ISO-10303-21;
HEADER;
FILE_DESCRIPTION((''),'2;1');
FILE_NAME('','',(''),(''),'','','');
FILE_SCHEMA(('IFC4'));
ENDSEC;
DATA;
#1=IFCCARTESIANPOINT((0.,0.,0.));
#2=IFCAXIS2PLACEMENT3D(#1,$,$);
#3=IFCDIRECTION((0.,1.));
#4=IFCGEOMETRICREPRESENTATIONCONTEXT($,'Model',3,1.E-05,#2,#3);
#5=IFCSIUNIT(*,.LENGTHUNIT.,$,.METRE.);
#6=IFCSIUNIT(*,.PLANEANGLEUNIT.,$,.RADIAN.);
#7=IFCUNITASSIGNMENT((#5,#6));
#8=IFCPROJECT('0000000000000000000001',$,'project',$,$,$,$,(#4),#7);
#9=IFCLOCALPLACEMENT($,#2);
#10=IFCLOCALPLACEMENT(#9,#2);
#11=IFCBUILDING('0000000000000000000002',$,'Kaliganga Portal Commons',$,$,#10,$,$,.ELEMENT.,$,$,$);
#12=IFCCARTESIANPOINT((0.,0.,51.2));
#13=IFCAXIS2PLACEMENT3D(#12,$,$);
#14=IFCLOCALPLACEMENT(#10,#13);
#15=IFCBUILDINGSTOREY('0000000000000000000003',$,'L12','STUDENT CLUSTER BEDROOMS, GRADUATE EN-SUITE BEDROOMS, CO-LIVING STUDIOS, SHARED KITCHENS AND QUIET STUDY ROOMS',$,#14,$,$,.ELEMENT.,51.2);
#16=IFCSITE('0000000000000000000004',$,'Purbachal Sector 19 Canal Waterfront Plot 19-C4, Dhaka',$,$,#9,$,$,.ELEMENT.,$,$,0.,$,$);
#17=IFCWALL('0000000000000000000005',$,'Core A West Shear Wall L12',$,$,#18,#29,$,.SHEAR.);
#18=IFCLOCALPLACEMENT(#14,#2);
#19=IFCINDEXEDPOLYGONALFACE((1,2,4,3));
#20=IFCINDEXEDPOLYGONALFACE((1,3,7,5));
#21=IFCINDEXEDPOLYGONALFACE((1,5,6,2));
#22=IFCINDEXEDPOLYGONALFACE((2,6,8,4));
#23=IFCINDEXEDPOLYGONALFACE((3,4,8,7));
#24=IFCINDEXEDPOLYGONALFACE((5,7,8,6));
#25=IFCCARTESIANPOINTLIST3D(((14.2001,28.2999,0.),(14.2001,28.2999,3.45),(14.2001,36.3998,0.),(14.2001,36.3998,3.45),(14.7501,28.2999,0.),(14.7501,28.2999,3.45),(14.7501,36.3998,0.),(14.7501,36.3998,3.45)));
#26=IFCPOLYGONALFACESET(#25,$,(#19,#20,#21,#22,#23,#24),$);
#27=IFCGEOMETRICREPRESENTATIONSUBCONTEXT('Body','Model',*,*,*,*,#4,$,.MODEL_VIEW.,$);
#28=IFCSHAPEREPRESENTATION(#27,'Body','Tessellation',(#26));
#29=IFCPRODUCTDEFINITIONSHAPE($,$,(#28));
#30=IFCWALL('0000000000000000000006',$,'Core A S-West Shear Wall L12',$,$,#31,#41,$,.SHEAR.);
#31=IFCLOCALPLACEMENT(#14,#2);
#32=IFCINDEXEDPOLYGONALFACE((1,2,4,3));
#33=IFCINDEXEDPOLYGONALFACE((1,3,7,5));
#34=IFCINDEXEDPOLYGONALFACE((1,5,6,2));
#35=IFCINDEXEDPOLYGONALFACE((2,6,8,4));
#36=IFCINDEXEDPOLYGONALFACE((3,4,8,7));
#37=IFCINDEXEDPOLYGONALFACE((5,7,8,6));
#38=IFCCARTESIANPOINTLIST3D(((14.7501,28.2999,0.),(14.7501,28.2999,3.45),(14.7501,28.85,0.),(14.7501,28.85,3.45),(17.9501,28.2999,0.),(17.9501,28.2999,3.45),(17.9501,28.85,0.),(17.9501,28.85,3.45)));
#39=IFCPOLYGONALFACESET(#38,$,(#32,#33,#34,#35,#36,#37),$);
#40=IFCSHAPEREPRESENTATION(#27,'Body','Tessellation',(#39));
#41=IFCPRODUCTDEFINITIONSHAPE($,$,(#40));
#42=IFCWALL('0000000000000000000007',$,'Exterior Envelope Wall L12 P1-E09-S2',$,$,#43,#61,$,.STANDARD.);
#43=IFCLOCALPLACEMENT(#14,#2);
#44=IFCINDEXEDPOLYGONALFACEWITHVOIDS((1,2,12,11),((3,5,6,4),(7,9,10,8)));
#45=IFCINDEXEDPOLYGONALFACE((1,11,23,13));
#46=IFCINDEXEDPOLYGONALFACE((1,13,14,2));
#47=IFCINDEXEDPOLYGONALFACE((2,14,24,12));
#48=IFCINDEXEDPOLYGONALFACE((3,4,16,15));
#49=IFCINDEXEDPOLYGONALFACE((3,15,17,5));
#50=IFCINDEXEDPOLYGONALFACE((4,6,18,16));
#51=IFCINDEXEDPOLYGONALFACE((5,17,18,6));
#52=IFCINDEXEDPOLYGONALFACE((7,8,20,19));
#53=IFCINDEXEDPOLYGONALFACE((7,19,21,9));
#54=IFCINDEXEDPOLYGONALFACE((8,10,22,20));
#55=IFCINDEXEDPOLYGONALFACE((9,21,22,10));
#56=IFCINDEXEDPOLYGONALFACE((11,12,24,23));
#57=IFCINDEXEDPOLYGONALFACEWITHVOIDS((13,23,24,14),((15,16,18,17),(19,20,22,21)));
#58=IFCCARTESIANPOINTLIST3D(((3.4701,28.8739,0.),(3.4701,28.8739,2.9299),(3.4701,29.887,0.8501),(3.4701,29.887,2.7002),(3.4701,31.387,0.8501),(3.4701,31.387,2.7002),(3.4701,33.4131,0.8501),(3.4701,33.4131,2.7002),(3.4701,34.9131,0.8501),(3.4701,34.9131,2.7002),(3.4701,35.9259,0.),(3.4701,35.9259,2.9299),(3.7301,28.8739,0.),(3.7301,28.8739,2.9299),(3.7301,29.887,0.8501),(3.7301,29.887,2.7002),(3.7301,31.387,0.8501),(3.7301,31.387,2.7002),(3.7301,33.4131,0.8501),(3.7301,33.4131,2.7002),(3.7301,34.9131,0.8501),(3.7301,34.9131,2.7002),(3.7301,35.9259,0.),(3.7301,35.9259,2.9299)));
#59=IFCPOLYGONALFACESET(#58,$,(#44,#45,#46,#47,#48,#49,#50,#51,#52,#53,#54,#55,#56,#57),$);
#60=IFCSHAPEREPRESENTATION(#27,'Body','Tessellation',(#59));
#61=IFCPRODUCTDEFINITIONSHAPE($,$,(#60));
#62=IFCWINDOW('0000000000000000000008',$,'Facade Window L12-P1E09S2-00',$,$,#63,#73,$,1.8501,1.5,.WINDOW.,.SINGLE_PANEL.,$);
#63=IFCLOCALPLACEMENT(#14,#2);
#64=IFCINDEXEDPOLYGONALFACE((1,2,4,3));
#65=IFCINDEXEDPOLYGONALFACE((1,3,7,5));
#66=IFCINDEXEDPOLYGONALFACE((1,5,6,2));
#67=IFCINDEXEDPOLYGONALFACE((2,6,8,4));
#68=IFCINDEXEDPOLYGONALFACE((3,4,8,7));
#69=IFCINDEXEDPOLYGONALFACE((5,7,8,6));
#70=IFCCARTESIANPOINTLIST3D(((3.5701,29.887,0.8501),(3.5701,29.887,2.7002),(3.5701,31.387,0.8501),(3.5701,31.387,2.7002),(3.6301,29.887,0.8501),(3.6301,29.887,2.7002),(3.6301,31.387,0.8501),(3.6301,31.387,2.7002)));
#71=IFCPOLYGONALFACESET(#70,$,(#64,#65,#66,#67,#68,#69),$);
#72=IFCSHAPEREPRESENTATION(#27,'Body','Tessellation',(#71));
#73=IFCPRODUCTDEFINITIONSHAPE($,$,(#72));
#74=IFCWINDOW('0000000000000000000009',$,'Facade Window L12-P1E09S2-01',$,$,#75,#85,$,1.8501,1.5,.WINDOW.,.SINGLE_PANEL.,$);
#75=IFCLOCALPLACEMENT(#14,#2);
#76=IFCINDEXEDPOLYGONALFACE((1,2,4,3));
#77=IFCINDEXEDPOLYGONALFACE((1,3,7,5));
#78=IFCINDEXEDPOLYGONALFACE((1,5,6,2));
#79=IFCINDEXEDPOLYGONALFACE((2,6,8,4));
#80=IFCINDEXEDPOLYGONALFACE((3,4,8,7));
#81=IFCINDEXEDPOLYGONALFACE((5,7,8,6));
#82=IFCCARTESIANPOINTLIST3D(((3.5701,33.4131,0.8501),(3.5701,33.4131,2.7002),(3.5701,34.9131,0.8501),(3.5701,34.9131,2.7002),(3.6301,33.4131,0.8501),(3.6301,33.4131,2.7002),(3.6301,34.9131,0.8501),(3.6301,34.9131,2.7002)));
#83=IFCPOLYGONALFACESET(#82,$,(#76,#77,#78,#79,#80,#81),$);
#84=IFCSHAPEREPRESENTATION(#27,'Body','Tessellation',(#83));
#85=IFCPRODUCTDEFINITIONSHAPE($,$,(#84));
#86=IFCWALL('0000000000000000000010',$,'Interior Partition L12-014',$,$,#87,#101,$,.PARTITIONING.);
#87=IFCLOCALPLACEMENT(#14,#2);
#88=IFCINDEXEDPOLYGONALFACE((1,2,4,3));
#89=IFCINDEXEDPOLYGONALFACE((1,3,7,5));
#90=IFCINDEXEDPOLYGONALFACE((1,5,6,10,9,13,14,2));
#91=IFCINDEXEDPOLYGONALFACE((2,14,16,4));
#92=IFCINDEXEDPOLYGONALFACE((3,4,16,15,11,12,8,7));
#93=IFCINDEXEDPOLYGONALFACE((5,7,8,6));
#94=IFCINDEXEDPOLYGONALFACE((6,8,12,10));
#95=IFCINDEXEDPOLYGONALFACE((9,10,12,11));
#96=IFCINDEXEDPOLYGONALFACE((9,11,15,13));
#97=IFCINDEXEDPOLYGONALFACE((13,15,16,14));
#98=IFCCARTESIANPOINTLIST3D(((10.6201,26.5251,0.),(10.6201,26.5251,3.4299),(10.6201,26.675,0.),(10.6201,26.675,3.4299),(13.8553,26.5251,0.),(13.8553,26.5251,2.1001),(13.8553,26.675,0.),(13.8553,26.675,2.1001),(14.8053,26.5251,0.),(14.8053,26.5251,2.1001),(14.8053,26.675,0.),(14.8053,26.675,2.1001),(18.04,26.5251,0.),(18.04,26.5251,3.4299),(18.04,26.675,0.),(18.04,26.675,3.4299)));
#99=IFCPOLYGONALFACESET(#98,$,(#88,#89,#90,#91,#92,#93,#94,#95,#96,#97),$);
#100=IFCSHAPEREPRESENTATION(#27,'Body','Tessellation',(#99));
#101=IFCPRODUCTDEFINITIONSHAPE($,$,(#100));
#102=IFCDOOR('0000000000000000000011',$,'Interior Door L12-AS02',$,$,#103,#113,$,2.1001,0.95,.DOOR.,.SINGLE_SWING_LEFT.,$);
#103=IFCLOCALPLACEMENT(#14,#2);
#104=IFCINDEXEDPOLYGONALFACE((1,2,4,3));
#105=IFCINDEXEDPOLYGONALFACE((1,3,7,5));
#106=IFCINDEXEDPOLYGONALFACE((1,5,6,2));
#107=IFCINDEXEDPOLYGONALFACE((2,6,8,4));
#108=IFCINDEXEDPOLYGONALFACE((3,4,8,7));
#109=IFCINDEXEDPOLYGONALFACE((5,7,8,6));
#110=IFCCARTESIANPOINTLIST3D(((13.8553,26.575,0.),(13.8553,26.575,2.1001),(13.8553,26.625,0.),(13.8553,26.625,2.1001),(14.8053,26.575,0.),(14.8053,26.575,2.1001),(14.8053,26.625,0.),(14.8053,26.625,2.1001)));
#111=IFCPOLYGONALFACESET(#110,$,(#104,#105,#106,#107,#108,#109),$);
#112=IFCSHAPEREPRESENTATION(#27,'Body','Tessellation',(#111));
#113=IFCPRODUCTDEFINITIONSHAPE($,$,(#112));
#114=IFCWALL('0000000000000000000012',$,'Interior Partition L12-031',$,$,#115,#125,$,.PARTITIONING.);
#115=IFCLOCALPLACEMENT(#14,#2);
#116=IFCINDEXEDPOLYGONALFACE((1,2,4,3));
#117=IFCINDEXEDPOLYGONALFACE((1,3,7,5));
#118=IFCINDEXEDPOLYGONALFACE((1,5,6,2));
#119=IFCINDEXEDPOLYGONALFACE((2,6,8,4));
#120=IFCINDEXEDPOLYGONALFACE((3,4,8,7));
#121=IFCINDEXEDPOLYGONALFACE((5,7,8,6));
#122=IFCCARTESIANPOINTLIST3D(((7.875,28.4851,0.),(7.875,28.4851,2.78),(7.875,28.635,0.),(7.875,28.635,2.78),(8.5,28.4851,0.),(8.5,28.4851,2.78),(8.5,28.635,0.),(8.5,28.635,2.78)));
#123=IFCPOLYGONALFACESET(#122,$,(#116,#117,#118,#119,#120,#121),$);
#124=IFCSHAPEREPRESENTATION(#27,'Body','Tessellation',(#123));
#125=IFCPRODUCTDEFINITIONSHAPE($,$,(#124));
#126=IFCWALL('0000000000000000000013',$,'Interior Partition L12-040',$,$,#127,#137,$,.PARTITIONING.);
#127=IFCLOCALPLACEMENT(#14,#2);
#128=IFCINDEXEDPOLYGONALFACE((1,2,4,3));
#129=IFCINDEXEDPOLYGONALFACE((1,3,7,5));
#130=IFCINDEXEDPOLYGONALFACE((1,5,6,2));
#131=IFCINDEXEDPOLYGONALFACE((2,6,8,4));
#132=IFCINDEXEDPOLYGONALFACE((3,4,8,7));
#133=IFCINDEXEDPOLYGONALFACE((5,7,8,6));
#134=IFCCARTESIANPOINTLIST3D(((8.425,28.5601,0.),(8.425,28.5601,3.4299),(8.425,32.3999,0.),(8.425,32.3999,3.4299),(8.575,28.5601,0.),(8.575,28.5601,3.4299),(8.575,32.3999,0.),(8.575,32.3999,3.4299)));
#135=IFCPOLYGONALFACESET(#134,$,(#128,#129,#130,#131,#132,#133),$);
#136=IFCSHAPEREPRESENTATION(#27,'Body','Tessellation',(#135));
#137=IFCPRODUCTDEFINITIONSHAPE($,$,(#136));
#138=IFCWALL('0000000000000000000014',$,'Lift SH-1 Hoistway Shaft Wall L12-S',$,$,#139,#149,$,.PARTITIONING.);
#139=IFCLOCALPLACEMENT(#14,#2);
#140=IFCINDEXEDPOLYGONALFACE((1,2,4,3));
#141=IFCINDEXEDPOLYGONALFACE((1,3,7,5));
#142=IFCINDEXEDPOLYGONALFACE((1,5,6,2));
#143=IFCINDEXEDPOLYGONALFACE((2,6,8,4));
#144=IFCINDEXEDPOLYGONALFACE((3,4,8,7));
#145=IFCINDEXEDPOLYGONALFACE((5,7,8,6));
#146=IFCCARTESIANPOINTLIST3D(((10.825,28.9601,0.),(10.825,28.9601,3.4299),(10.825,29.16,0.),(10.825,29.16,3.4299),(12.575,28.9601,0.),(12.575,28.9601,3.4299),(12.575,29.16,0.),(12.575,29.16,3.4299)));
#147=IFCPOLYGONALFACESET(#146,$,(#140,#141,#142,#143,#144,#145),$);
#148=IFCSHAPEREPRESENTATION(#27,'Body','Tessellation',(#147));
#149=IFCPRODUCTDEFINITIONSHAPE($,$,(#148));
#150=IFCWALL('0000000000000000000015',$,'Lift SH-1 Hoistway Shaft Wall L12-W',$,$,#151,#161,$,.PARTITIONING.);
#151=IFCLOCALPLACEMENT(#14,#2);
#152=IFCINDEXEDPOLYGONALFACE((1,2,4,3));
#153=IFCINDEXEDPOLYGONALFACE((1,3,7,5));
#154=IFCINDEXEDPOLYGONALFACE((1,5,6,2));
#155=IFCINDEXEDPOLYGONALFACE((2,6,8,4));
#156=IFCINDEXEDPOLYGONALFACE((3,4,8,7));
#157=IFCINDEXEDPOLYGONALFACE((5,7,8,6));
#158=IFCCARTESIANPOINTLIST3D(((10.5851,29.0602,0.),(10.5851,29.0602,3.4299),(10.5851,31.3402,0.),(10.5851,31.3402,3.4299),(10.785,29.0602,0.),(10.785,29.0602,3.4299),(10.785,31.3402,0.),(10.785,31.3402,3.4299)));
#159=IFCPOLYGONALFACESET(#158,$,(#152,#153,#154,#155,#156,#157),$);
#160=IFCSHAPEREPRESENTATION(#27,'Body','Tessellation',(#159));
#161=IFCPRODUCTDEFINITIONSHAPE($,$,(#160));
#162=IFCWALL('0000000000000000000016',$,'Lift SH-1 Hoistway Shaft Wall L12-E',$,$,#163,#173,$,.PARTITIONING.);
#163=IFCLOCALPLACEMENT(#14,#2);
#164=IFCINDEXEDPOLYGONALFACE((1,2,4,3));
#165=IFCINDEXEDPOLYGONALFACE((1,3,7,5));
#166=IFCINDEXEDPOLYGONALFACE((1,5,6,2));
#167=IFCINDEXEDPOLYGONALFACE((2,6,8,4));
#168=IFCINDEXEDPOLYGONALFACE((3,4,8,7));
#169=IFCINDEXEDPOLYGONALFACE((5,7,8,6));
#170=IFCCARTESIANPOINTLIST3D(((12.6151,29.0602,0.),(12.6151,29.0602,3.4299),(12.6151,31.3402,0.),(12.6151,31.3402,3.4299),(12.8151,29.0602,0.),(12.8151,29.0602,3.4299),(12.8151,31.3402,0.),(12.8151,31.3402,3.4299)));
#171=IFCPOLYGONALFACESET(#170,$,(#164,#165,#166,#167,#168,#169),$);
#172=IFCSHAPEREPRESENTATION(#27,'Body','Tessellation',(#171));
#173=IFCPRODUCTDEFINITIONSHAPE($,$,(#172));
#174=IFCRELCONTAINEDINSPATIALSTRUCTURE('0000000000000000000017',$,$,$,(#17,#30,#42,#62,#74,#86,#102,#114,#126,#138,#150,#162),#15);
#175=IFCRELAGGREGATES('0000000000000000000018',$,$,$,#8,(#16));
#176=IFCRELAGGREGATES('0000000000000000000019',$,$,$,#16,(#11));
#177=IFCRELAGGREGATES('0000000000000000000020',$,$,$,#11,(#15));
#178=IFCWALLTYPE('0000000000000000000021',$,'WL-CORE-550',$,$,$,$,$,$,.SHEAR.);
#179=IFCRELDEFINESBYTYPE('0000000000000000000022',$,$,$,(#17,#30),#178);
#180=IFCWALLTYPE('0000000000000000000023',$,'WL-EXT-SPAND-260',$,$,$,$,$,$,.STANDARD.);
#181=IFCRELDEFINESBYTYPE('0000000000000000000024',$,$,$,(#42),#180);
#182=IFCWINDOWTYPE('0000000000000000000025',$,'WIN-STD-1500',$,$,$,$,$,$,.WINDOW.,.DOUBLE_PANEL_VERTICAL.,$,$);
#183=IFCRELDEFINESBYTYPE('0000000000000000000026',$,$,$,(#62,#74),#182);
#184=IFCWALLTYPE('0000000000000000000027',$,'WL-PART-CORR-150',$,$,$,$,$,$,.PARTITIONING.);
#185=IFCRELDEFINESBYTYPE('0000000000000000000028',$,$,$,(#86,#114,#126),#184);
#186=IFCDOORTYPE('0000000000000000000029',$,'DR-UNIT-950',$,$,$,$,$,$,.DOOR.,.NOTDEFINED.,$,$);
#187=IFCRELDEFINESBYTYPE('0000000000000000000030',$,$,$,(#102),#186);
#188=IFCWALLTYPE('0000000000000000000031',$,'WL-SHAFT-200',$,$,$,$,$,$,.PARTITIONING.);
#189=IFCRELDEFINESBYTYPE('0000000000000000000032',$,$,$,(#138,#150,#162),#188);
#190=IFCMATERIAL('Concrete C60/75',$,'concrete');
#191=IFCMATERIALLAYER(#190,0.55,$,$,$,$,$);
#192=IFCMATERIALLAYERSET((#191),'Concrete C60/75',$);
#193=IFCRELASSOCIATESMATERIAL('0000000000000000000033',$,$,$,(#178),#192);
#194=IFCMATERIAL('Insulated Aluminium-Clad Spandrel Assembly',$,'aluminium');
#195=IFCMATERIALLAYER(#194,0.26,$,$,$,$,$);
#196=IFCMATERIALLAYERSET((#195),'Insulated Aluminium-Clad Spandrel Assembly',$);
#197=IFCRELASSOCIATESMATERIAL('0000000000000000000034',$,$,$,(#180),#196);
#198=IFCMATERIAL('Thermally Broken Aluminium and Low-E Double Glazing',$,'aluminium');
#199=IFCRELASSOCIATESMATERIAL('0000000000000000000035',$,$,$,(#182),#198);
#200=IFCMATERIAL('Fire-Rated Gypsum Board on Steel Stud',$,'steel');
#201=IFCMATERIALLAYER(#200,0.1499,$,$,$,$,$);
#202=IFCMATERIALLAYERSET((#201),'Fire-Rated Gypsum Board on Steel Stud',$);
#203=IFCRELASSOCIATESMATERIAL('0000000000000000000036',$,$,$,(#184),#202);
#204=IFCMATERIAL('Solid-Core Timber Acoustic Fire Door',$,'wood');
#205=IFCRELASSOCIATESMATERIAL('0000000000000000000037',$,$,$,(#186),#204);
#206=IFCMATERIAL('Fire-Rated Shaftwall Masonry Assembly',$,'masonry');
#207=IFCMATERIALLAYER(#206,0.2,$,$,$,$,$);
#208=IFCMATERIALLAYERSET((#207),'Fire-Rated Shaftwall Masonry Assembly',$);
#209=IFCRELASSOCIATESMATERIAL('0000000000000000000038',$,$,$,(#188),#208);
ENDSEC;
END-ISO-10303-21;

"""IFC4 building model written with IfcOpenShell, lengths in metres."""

from ifc_helpers import new_model, si_unit, direction, frame, frame_2d, origin, place, context, subcontext, project, spatial, rectangle, extrude, material, layer, layer_set, type_object, element, fill, save


model = new_model("IFC4")

# Units and contexts
model_context = context("Model", 3, precision=1e-05, world=origin(), true_north=direction((0.0, 1.0)))
body_context = subcontext(model_context, "Body", "Model", "MODEL_VIEW")
ifc_project = project(units=[si_unit("LENGTHUNIT", "METRE"), si_unit("PLANEANGLEUNIT", "RADIAN")], contexts=[model_context])

# Site, building, storey
site_placement = place(None, origin())
site = spatial("IfcSite", under=ifc_project, at=site_placement, Name="Purbachal Sector 19 Canal Waterfront Plot 19-C4, Dhaka", CompositionType="ELEMENT", RefElevation=0.0)
building_placement = place(site_placement, origin())
building = spatial("IfcBuilding", under=site, at=building_placement, Name="Kaliganga Portal Commons", CompositionType="ELEMENT")
storey_placement = place(building_placement, frame((0.0, 0.0, 51.2)))
storey = spatial("IfcBuildingStorey", under=building, at=storey_placement, Name="L12", Description="STUDENT CLUSTER BEDROOMS, GRADUATE EN-SUITE BEDROOMS, CO-LIVING STUDIOS, SHARED KITCHENS AND QUIET STUDY ROOMS", CompositionType="ELEMENT", Elevation=51.2)

# Shared definitions
ifc_material_1 = material(Name="Concrete C60/75", Category="concrete")

# Walls
ifc_layer_1 = layer(ifc_material_1, 0.55)
ifc_layer_set_1 = layer_set([ifc_layer_1], Name="Concrete C60/75")
wall_type_1 = type_object("IfcWallType", Name="WL-CORE-550", PredefinedType="SHEAR", material=ifc_layer_set_1)
wall_1_placement = place(storey_placement, frame((14.4751, 28.3, 0.0), z_axis=(0.0, 0.0, 1.0), x_axis=(0.0, 1.0, 0.0)))
element("IfcWall", 1, at=wall_1_placement, inside=storey, type_object=wall_type_1, Name="Core A West Shear Wall L12", PredefinedType="SHEAR", context=body_context, shape_type="SweptSolid", body=[
    extrude(rectangle(XDim=8.0999, YDim=0.55, at=frame_2d((4.0498, 0.0))), origin(), (0.0, 0.0, 1.0), 3.45),
])
wall_2_placement = place(storey_placement, frame((14.75, 28.575, 0.0), z_axis=(0.0, 0.0, 1.0), x_axis=(1.0, 0.0, 0.0)))
element("IfcWall", 2, at=wall_2_placement, inside=storey, type_object=wall_type_1, Name="Core A S-West Shear Wall L12", PredefinedType="SHEAR", context=body_context, shape_type="SweptSolid", body=[
    extrude(rectangle(XDim=3.2, YDim=0.55, at=frame_2d((1.6001, 0.0))), origin(), (0.0, 0.0, 1.0), 3.45),
])

# Wall, openings, windows
ifc_material_2 = material(Name="Insulated Aluminium-Clad Spandrel Assembly", Category="aluminium")
ifc_layer_2 = layer(ifc_material_2, 0.26)
ifc_layer_set_2 = layer_set([ifc_layer_2], Name="Insulated Aluminium-Clad Spandrel Assembly")
wall_type_2 = type_object("IfcWallType", Name="WL-EXT-SPAND-260", PredefinedType="STANDARD", material=ifc_layer_set_2)
wall_3_placement = place(storey_placement, frame((3.6001, 28.874, 0.0), z_axis=(0.0, 0.0, 1.0), x_axis=(0.0, 1.0, 0.0)))
wall_3 = element("IfcWall", 3, at=wall_3_placement, inside=storey, type_object=wall_type_2, Name="Exterior Envelope Wall L12 P1-E09-S2", PredefinedType="STANDARD", context=body_context, shape_type="SweptSolid", body=[
    extrude(rectangle(XDim=7.052, YDim=0.26, at=frame_2d((3.5259, 0.0))), origin(), (0.0, 0.0, 1.0), 2.9299),
])
opening_1_placement = place(wall_3_placement, frame((1.0129, 0.0, 0.8501)))
opening_1 = element("IfcOpeningElement", 4, at=opening_1_placement, cuts=wall_3, PredefinedType="OPENING", context=body_context, shape_type="SweptSolid", body=[
    extrude(rectangle(XDim=1.5, YDim=1.8501, at=frame_2d((0.75, 0.925))), frame((0.0, 0.1401, 0.0), z_axis=(0.0, -1.0, 0.0), x_axis=(1.0, 0.0, 0.0)), (0.0, 0.0, 1.0), 0.28),
])
opening_2_placement = place(wall_3_placement, frame((4.5391, 0.0, 0.8501)))
opening_2 = element("IfcOpeningElement", 5, at=opening_2_placement, cuts=wall_3, PredefinedType="OPENING", context=body_context, shape_type="SweptSolid", body=[
    extrude(rectangle(XDim=1.5, YDim=1.8501, at=frame_2d((0.75, 0.925))), frame((0.0, 0.1401, 0.0), z_axis=(0.0, -1.0, 0.0), x_axis=(1.0, 0.0, 0.0)), (0.0, 0.0, 1.0), 0.28),
])
ifc_material_3 = material(Name="Thermally Broken Aluminium and Low-E Double Glazing", Category="aluminium")
window_type = type_object("IfcWindowType", Name="WIN-STD-1500", PartitioningType="DOUBLE_PANEL_VERTICAL", PredefinedType="WINDOW", material=ifc_material_3)
window_1_placement = place(opening_1_placement, origin())
window_1 = element("IfcWindow", 6, at=window_1_placement, inside=storey, type_object=window_type, Name="Facade Window L12-P1E09S2-00", OverallHeight=1.8501, OverallWidth=1.5, PartitioningType="SINGLE_PANEL", PredefinedType="WINDOW", context=body_context, shape_type="SweptSolid", body=[
    extrude(rectangle(XDim=1.5, YDim=1.8501, at=frame_2d((0.75, 0.925))), frame((0.0, 0.03, 0.0), z_axis=(0.0, -1.0, 0.0), x_axis=(1.0, 0.0, 0.0)), (0.0, 0.0, 1.0), 0.0601),
])
fill(opening_1, window_1)
window_2_placement = place(opening_2_placement, origin())
window_2 = element("IfcWindow", 7, at=window_2_placement, inside=storey, type_object=window_type, Name="Facade Window L12-P1E09S2-01", OverallHeight=1.8501, OverallWidth=1.5, PartitioningType="SINGLE_PANEL", PredefinedType="WINDOW", context=body_context, shape_type="SweptSolid", body=[
    extrude(rectangle(XDim=1.5, YDim=1.8501, at=frame_2d((0.75, 0.925))), frame((0.0, 0.03, 0.0), z_axis=(0.0, -1.0, 0.0), x_axis=(1.0, 0.0, 0.0)), (0.0, 0.0, 1.0), 0.0601),
])
fill(opening_2, window_2)

# Wall, opening, door
ifc_material_4 = material(Name="Fire-Rated Gypsum Board on Steel Stud", Category="steel")
ifc_layer_3 = layer(ifc_material_4, 0.1499)
ifc_layer_set_3 = layer_set([ifc_layer_3], Name="Fire-Rated Gypsum Board on Steel Stud")
wall_type_3 = type_object("IfcWallType", Name="WL-PART-CORR-150", PredefinedType="PARTITIONING", material=ifc_layer_set_3)
wall_4_placement = place(storey_placement, frame((10.6201, 26.6001, 0.0), z_axis=(0.0, 0.0, 1.0), x_axis=(1.0, 0.0, 0.0)))
wall_4 = element("IfcWall", 8, at=wall_4_placement, inside=storey, type_object=wall_type_3, Name="Interior Partition L12-014", PredefinedType="PARTITIONING", context=body_context, shape_type="SweptSolid", body=[
    extrude(rectangle(XDim=7.4199, YDim=0.1499, at=frame_2d((3.71, 0.0))), origin(), (0.0, 0.0, 1.0), 3.4299),
])
opening_3_placement = place(wall_4_placement, frame((3.2351, 0.0, 0.0)))
opening_3 = element("IfcOpeningElement", 9, at=opening_3_placement, cuts=wall_4, PredefinedType="OPENING", context=body_context, shape_type="SweptSolid", body=[
    extrude(rectangle(XDim=0.95, YDim=2.1001, at=frame_2d((0.4751, 1.05))), frame((0.0, 0.085, 0.0), z_axis=(0.0, -1.0, 0.0), x_axis=(1.0, 0.0, 0.0)), (0.0, 0.0, 1.0), 0.1699),
])
ifc_material_5 = material(Name="Solid-Core Timber Acoustic Fire Door", Category="wood")
door_type_1 = type_object("IfcDoorType", Name="DR-UNIT-950", OperationType="NOTDEFINED", PredefinedType="DOOR", material=ifc_material_5)
door_1_placement = place(opening_3_placement, origin())
door_1 = element("IfcDoor", 10, at=door_1_placement, inside=storey, type_object=door_type_1, Name="Interior Door L12-AS02", OperationType="SINGLE_SWING_LEFT", OverallHeight=2.1001, OverallWidth=0.95, PredefinedType="DOOR", context=body_context, shape_type="SweptSolid", body=[
    extrude(rectangle(XDim=0.95, YDim=2.1001, at=frame_2d((0.4751, 1.05))), frame((0.0, 0.0249, 0.0), z_axis=(0.0, -1.0, 0.0), x_axis=(1.0, 0.0, 0.0)), (0.0, 0.0, 1.0), 0.05),
])
fill(opening_3, door_1)

# Walls
wall_5_placement = place(storey_placement, frame((7.875, 28.5601, 0.0), z_axis=(0.0, 0.0, 1.0), x_axis=(1.0, 0.0, 0.0)))
element("IfcWall", 11, at=wall_5_placement, inside=storey, type_object=wall_type_3, Name="Interior Partition L12-031", PredefinedType="PARTITIONING", context=body_context, shape_type="SweptSolid", body=[
    extrude(rectangle(XDim=0.625, YDim=0.1499, at=frame_2d((0.3125, 0.0))), origin(), (0.0, 0.0, 1.0), 2.78),
])
wall_6_placement = place(storey_placement, frame((8.5, 28.5601, 0.0), z_axis=(0.0, 0.0, 1.0), x_axis=(0.0, 1.0, 0.0)))
element("IfcWall", 12, at=wall_6_placement, inside=storey, type_object=wall_type_3, Name="Interior Partition L12-040", PredefinedType="PARTITIONING", context=body_context, shape_type="SweptSolid", body=[
    extrude(rectangle(XDim=3.8398, YDim=0.1499, at=frame_2d((1.9199, 0.0))), origin(), (0.0, 0.0, 1.0), 3.4299),
])
ifc_material_6 = material(Name="Fire-Rated Shaftwall Masonry Assembly", Category="masonry")
ifc_layer_4 = layer(ifc_material_6, 0.2)
ifc_layer_set_4 = layer_set([ifc_layer_4], Name="Fire-Rated Shaftwall Masonry Assembly")
wall_type_4 = type_object("IfcWallType", Name="WL-SHAFT-200", PredefinedType="PARTITIONING", material=ifc_layer_set_4)
wall_7_placement = place(storey_placement, frame((10.825, 29.0601, 0.0), z_axis=(0.0, 0.0, 1.0), x_axis=(1.0, 0.0, 0.0)))
element("IfcWall", 13, at=wall_7_placement, inside=storey, type_object=wall_type_4, Name="Lift SH-1 Hoistway Shaft Wall L12-S", PredefinedType="PARTITIONING", context=body_context, shape_type="SweptSolid", body=[
    extrude(rectangle(XDim=1.75, YDim=0.2, at=frame_2d((0.875, 0.0))), origin(), (0.0, 0.0, 1.0), 3.4299),
])
for number, where, z_axis, x_axis, name in (
    (14, (10.6851, 29.0601, 0.0), (0.0, 0.0, 1.0), (0.0, 1.0, 0.0), "Lift SH-1 Hoistway Shaft Wall L12-W"),
    (15, (12.7151, 29.0601, 0.0), (0.0, 0.0, 1.0), (0.0, 1.0, 0.0), "Lift SH-1 Hoistway Shaft Wall L12-E"),
):
    element("IfcWall", number, at=place(storey_placement, frame(where, z_axis=z_axis, x_axis=x_axis)), inside=storey, type_object=wall_type_4, Name=name, PredefinedType="PARTITIONING", context=body_context, shape_type="SweptSolid", body=[
        extrude(rectangle(XDim=2.28, YDim=0.2, at=frame_2d((1.1401, 0.0))), origin(), (0.0, 0.0, 1.0), 3.4299),
    ])

save(model, "model.ifc")
